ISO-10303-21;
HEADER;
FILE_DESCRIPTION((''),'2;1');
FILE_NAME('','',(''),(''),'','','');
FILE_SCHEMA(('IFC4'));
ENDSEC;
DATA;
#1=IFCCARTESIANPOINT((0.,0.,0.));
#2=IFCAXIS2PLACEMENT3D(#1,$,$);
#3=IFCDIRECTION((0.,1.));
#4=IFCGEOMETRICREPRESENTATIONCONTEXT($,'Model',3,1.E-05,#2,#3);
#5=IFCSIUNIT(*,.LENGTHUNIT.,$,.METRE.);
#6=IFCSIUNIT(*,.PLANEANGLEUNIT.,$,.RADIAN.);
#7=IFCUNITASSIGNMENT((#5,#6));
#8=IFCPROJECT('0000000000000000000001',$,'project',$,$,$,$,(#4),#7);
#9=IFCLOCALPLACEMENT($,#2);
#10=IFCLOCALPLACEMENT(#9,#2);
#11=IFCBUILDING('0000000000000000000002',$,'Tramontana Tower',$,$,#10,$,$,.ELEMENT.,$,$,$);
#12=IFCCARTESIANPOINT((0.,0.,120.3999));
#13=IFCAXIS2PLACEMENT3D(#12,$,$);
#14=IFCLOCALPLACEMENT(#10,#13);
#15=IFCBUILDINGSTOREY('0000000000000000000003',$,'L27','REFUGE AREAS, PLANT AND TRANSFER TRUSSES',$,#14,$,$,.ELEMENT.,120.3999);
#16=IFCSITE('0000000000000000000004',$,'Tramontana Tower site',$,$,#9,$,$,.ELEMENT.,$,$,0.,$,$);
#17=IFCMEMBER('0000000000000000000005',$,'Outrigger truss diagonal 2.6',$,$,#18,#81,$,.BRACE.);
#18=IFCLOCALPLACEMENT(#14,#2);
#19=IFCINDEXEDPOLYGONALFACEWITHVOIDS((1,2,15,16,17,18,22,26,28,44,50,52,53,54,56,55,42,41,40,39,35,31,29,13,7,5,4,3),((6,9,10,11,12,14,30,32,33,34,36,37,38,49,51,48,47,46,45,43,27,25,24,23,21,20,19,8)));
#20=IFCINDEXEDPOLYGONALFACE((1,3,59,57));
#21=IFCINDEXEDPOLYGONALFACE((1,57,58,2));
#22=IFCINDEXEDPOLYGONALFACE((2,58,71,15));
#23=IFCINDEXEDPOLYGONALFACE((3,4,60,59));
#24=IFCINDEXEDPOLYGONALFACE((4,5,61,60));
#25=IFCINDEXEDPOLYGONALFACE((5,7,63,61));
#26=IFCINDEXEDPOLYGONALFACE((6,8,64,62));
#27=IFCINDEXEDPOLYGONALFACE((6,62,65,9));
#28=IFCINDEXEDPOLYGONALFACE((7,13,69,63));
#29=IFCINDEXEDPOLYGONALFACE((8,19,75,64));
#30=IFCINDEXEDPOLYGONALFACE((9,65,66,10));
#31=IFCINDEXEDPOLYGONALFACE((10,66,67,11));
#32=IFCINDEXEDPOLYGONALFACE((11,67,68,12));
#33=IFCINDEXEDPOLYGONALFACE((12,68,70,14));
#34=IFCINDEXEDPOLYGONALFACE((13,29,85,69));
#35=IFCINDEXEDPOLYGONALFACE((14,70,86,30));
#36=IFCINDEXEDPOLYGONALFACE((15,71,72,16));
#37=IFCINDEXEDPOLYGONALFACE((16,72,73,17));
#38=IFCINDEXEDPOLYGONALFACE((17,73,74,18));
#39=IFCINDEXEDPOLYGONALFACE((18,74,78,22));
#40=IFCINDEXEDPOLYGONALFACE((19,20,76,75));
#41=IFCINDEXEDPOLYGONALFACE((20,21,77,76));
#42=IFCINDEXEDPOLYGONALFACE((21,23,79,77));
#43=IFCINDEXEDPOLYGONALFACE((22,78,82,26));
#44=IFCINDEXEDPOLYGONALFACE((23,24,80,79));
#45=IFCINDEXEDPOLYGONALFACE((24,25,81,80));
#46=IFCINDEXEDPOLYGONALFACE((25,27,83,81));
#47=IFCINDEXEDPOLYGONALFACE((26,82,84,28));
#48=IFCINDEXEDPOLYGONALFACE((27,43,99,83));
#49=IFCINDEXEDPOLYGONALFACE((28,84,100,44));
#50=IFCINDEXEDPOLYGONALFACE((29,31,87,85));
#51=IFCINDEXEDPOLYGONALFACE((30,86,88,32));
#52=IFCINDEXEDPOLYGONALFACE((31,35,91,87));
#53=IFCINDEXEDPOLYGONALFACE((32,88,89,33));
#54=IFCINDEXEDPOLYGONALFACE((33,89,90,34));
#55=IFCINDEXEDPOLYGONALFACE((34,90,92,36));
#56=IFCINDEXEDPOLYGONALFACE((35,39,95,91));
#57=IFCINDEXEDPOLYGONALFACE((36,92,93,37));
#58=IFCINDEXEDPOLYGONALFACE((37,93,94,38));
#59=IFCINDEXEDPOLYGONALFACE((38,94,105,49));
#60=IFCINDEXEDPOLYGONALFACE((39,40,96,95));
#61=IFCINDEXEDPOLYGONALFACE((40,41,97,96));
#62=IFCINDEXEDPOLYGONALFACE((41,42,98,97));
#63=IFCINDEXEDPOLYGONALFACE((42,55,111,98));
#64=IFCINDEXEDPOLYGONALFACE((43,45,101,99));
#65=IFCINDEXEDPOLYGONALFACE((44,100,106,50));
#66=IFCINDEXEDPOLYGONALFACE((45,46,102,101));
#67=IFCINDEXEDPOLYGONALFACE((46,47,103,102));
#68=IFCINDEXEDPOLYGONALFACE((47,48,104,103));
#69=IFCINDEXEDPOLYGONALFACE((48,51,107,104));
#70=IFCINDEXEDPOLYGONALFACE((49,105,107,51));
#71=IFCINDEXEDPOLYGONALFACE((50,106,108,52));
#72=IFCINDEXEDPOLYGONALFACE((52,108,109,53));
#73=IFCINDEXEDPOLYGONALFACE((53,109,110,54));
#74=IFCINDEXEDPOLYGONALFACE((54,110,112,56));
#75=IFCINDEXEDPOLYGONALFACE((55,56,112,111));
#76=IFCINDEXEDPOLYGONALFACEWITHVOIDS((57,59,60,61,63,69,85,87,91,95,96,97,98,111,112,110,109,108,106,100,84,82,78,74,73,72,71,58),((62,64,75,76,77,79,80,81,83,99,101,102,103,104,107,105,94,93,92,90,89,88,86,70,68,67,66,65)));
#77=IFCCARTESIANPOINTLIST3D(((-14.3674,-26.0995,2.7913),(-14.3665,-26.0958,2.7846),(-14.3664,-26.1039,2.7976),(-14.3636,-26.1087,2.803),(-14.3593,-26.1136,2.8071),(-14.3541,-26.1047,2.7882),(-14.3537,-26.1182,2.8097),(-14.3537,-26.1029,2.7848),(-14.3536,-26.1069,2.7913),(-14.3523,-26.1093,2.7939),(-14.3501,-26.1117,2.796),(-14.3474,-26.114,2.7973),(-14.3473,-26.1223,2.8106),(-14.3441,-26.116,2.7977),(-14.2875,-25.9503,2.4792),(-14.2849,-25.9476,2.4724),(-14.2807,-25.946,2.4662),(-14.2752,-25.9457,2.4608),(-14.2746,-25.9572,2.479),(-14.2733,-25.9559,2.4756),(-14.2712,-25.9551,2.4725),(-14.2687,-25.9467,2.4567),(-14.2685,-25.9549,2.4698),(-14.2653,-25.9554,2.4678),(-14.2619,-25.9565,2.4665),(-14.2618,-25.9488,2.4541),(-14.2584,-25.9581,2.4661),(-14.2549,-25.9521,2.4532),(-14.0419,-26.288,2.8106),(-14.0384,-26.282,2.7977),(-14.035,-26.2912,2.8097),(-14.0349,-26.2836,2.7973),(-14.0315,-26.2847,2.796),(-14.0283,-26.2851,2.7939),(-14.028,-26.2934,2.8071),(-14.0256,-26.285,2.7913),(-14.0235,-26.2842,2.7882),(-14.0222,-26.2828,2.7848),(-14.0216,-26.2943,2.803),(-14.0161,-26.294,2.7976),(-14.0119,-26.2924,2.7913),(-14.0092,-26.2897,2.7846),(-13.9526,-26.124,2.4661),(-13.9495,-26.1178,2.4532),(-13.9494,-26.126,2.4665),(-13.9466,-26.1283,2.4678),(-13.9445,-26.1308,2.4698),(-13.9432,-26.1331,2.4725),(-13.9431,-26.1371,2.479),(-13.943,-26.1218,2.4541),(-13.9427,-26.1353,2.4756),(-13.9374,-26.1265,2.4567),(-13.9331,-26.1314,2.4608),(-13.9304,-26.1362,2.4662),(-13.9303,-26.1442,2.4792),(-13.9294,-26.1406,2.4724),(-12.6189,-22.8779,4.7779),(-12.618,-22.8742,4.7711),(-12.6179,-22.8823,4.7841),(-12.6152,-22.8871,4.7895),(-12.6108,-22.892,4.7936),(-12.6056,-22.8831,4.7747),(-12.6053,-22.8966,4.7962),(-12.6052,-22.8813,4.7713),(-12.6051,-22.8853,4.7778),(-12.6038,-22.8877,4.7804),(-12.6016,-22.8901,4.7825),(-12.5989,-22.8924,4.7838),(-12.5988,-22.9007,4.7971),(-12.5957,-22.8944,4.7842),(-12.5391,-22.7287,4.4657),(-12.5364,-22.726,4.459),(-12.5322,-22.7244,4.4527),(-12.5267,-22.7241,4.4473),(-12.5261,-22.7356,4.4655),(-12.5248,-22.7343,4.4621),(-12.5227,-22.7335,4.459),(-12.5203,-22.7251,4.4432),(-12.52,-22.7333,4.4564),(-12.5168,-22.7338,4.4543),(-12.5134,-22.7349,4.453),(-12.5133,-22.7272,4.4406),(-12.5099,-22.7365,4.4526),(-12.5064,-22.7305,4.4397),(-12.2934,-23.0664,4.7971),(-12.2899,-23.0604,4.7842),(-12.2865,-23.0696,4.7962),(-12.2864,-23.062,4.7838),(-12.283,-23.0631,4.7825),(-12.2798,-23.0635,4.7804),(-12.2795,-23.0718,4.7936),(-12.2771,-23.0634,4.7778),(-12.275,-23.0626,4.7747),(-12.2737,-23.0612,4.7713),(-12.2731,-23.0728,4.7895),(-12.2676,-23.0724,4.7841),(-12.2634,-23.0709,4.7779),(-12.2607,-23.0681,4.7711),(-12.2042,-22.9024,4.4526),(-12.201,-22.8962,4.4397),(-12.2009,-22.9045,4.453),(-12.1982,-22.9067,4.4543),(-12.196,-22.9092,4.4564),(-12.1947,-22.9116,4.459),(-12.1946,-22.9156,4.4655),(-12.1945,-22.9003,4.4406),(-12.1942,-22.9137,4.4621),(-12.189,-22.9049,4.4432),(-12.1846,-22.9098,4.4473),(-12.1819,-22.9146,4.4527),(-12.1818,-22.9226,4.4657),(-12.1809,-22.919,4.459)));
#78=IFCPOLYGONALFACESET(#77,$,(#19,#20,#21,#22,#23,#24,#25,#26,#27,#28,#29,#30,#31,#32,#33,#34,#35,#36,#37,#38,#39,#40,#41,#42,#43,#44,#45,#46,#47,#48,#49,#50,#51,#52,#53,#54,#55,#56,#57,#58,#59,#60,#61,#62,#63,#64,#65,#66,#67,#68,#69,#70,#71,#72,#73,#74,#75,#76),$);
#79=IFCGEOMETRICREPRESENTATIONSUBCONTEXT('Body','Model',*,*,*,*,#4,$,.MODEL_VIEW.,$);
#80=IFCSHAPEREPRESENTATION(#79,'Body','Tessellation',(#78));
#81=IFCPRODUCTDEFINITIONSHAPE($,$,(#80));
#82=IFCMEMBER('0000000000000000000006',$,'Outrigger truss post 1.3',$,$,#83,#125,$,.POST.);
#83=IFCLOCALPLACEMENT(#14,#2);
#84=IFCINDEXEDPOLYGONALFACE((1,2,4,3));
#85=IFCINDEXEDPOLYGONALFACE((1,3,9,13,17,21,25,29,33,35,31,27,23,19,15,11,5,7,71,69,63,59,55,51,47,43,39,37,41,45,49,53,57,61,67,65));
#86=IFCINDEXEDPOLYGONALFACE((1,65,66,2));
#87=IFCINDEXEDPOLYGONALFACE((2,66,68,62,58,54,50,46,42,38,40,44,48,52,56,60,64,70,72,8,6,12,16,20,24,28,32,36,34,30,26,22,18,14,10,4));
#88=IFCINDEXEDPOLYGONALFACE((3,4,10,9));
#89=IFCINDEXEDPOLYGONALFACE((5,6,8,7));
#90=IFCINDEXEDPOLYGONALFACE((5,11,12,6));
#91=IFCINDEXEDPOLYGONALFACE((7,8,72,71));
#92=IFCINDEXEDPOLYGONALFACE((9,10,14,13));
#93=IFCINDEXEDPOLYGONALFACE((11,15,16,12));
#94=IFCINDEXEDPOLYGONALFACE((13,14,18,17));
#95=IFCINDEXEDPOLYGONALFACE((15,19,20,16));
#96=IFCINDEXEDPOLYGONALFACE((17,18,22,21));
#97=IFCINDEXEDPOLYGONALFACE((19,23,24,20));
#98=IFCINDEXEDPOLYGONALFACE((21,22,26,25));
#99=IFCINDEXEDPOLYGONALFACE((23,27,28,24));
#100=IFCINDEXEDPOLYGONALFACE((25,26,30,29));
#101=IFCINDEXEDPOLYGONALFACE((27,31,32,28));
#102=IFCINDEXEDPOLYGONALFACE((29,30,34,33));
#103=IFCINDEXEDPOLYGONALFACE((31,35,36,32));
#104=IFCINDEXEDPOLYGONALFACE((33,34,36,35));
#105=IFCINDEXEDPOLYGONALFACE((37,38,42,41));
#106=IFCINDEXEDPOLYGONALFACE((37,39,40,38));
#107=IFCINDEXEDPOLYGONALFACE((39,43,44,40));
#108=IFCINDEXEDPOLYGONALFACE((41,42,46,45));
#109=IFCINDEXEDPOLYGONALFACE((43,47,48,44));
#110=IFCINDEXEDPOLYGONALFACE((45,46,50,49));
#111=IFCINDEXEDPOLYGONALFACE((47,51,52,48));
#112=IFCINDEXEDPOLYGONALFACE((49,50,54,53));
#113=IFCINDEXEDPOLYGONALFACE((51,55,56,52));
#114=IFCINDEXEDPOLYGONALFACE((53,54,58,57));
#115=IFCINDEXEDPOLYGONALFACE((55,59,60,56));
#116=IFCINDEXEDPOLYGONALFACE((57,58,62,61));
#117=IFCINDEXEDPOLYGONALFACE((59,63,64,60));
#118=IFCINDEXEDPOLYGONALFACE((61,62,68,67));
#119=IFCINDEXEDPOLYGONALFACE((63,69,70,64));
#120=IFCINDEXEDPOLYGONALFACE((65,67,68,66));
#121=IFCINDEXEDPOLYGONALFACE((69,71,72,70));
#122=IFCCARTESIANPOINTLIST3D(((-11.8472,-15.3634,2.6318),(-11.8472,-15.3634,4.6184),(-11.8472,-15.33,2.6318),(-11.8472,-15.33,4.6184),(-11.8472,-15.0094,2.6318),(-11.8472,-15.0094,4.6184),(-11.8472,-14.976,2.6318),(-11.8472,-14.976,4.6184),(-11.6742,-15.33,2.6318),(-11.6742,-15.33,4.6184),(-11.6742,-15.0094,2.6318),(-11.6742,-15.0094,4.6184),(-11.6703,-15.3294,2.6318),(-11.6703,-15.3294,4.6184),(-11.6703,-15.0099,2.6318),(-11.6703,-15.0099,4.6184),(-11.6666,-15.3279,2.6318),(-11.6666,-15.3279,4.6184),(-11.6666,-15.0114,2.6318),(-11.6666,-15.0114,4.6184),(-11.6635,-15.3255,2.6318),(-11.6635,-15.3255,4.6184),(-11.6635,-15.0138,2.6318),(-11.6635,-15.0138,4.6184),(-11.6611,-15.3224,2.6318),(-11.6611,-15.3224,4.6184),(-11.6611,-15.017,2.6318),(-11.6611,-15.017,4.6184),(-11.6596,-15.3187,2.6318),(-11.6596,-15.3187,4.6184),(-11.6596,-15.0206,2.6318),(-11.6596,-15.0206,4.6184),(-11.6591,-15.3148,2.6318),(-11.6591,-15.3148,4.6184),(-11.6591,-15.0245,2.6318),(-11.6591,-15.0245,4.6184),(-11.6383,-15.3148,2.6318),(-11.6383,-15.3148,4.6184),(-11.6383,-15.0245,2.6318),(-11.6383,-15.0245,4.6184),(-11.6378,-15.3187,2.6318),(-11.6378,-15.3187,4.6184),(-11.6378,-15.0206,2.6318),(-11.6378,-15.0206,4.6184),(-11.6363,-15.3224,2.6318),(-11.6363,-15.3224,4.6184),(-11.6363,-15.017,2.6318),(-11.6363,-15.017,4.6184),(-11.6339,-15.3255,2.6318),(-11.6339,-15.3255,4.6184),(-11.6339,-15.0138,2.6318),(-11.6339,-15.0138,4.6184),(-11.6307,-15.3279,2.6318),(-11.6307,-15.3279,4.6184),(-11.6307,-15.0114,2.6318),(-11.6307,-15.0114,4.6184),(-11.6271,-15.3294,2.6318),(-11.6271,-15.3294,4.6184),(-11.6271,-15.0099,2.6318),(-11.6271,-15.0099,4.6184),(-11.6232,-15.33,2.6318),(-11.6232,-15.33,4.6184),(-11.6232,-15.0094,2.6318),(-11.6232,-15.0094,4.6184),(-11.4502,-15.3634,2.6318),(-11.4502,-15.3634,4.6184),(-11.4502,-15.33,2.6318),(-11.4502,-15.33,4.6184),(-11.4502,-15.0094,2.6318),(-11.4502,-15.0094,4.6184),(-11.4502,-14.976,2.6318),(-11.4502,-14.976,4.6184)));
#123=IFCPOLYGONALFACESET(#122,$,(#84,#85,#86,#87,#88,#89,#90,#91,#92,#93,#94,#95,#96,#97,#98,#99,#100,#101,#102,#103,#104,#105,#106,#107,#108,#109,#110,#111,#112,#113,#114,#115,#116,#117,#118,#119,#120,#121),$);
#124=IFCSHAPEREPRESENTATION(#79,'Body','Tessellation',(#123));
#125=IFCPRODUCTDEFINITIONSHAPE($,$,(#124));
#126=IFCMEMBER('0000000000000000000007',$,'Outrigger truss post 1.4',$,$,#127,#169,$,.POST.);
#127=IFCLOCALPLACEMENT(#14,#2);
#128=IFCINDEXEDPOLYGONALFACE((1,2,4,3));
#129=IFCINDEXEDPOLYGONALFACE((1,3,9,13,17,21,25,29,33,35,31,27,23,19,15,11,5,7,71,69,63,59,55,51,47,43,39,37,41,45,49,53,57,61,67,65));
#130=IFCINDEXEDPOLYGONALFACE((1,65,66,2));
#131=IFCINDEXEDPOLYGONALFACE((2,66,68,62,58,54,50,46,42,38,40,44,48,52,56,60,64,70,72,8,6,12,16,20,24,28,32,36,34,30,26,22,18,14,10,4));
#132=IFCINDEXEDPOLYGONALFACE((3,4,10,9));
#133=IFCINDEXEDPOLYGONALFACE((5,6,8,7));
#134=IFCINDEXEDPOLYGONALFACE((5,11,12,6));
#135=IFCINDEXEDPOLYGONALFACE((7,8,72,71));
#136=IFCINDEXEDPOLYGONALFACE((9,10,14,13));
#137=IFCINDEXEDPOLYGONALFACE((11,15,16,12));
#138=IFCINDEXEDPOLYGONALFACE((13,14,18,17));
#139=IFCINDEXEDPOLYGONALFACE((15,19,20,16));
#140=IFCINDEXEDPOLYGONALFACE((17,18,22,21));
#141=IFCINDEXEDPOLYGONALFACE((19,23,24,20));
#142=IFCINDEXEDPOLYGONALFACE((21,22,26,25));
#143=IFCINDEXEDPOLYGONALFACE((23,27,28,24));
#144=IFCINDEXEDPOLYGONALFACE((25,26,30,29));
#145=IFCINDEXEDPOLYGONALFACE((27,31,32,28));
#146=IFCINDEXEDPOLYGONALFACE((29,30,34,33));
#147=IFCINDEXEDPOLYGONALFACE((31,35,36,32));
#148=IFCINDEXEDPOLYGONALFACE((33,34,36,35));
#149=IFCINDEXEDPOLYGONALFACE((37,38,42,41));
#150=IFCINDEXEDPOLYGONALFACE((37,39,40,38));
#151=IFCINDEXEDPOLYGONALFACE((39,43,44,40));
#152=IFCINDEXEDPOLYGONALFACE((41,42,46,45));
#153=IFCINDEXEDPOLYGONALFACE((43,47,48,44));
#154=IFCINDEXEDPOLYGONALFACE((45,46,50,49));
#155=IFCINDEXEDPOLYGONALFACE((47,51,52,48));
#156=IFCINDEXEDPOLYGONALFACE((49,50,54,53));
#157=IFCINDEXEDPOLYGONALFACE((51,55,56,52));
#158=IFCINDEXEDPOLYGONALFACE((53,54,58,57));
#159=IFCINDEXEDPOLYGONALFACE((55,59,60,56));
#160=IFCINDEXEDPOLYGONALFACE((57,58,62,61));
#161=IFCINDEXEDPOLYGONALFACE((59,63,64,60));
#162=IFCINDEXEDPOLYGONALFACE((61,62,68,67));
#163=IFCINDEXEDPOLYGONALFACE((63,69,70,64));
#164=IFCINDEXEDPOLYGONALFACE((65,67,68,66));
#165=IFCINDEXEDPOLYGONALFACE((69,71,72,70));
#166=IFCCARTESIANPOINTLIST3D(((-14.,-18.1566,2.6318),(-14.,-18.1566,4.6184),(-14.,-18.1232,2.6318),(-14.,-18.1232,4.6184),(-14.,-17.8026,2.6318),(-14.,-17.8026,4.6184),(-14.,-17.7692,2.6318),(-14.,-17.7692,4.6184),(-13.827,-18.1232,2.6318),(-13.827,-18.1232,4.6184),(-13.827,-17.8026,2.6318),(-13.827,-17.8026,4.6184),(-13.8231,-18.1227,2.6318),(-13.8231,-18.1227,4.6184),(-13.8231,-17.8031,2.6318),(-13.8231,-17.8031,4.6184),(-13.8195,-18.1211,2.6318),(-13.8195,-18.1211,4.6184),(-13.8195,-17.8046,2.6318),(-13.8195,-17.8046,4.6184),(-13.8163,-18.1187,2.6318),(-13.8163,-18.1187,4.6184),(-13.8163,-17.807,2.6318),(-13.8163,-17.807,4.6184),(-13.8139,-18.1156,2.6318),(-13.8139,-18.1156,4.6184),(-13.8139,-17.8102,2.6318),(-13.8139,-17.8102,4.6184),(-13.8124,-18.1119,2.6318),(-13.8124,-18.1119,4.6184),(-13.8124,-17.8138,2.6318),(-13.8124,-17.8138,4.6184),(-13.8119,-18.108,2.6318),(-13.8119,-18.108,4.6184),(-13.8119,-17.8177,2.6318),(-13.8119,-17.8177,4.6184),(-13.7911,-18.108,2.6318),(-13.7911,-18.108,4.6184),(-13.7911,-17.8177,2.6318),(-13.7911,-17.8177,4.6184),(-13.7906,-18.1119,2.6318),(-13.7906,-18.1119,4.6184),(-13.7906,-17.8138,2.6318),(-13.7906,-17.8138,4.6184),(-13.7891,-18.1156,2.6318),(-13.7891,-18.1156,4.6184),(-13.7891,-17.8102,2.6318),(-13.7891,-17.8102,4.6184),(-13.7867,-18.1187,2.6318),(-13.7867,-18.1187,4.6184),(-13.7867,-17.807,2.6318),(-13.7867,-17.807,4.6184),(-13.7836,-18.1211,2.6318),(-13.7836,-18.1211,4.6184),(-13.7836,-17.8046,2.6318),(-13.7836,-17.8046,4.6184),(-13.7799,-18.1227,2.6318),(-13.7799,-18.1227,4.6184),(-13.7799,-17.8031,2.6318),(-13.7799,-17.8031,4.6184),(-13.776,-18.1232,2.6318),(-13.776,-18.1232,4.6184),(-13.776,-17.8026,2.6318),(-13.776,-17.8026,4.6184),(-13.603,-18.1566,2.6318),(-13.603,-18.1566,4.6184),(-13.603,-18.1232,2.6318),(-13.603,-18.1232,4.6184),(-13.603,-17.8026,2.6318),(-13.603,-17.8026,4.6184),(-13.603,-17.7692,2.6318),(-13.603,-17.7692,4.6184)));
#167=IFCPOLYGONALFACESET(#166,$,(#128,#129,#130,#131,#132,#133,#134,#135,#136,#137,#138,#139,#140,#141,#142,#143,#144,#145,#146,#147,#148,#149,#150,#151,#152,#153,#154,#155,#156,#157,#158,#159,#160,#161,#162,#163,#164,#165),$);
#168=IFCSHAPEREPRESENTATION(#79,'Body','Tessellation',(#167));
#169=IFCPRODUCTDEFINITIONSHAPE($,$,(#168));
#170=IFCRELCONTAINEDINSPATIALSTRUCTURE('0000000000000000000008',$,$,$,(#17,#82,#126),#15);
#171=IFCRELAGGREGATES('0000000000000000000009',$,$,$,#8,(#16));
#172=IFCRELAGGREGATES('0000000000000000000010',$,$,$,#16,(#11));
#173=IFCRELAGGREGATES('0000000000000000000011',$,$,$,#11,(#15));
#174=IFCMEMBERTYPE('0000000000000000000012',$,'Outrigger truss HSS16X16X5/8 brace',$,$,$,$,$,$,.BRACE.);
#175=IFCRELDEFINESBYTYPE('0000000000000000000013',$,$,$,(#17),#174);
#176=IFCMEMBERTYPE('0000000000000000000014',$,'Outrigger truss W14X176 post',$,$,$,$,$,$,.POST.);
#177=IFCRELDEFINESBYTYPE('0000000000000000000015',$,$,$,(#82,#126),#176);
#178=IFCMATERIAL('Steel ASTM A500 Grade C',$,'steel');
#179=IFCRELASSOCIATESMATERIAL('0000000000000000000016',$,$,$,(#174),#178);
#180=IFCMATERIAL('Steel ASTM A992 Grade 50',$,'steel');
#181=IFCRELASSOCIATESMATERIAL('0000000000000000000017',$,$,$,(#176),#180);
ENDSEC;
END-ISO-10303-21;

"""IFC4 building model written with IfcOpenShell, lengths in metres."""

from ifc_helpers import new_model, si_unit, direction, frame, origin, origin_2d, place, context, subcontext, project, spatial, hollow_rectangle, i_section, extrude, material, material_profile, profile_set, type_object, element, save


model = new_model("IFC4")

# Units and contexts
model_context = context("Model", 3, precision=1e-05, world=origin(), true_north=direction((0.0, 1.0)))
body_context = subcontext(model_context, "Body", "Model", "MODEL_VIEW")
ifc_project = project(units=[si_unit("LENGTHUNIT", "METRE"), si_unit("PLANEANGLEUNIT", "RADIAN")], contexts=[model_context])

# Site, building, storey
site_placement = place(None, origin())
site = spatial("IfcSite", under=ifc_project, at=site_placement, Name="Tramontana Tower site", CompositionType="ELEMENT", RefElevation=0.0)
building_placement = place(site_placement, origin())
building = spatial("IfcBuilding", under=site, at=building_placement, Name="Tramontana Tower", CompositionType="ELEMENT")
storey_placement = place(building_placement, frame((0.0, 0.0, 120.3999)))
storey = spatial("IfcBuildingStorey", under=building, at=storey_placement, Name="L27", Description="REFUGE AREAS, PLANT AND TRANSFER TRUSSES", CompositionType="ELEMENT", Elevation=120.3999)

# Members
ifc_material_1 = material(Name="Steel ASTM A500 Grade C", Category="steel")
ifc_material_profile_1 = material_profile(ifc_material_1, hollow_rectangle(XDim=0.4065, YDim=0.4065, WallThickness=0.0146, InnerFilletRadius=0.0146, OuterFilletRadius=0.0295, at=origin_2d()), Name="HSS16X16X5/8")
ifc_profile_set_1 = profile_set([ifc_material_profile_1], Name="Steel ASTM A500 Grade C")
member_type_1 = type_object("IfcMemberType", Name="Outrigger truss HSS16X16X5/8 brace", PredefinedType="BRACE", material=ifc_profile_set_1)
member_1_placement = place(storey_placement, frame((-12.3999, -22.8984, 4.6184), z_axis=(-0.419383, -0.772715, -0.476476), x_axis=(0.878897, -0.477012, 0.0)))
element("IfcMember", 1, at=member_1_placement, inside=storey, type_object=member_type_1, Name="Outrigger truss diagonal 2.6", PredefinedType="BRACE", context=body_context, shape_type="SweptSolid", body=[
    extrude(hollow_rectangle(XDim=0.4065, YDim=0.4065, WallThickness=0.0146, InnerFilletRadius=0.0146, OuterFilletRadius=0.0295, at=origin_2d()), origin(), (0.0, 0.0, 1.0), 4.1692),
])
ifc_material_2 = material(Name="Steel ASTM A992 Grade 50", Category="steel")
ifc_material_profile_2 = material_profile(ifc_material_2, i_section(OverallWidth=0.397, OverallDepth=0.3875, WebThickness=0.0208, FlangeThickness=0.0334, FilletRadius=0.0151, at=origin_2d()), Name="W14X176")
ifc_profile_set_2 = profile_set([ifc_material_profile_2], Name="Steel ASTM A992 Grade 50")
member_type_2 = type_object("IfcMemberType", Name="Outrigger truss W14X176 post", PredefinedType="POST", material=ifc_profile_set_2)
for number, where, z_axis, x_axis, name in (
    (2, (-11.6487, -15.1697, 2.6318), (0.0, 0.0, 1.0), (1.0, 0.0, 0.0), "Outrigger truss post 1.3"),
    (3, (-13.8015, -17.9629, 2.6318), (0.0, 0.0, 1.0), (1.0, 0.0, 0.0), "Outrigger truss post 1.4"),
):
    element("IfcMember", number, at=place(storey_placement, frame(where, z_axis=z_axis, x_axis=x_axis)), inside=storey, type_object=member_type_2, Name=name, PredefinedType="POST", context=body_context, shape_type="SweptSolid", body=[
        extrude(i_section(OverallWidth=0.397, OverallDepth=0.3875, WebThickness=0.0208, FlangeThickness=0.0334, FilletRadius=0.0151, at=origin_2d()), origin(), (0.0, 0.0, 1.0), 1.9866),
    ])

save(model, "model.ifc")
